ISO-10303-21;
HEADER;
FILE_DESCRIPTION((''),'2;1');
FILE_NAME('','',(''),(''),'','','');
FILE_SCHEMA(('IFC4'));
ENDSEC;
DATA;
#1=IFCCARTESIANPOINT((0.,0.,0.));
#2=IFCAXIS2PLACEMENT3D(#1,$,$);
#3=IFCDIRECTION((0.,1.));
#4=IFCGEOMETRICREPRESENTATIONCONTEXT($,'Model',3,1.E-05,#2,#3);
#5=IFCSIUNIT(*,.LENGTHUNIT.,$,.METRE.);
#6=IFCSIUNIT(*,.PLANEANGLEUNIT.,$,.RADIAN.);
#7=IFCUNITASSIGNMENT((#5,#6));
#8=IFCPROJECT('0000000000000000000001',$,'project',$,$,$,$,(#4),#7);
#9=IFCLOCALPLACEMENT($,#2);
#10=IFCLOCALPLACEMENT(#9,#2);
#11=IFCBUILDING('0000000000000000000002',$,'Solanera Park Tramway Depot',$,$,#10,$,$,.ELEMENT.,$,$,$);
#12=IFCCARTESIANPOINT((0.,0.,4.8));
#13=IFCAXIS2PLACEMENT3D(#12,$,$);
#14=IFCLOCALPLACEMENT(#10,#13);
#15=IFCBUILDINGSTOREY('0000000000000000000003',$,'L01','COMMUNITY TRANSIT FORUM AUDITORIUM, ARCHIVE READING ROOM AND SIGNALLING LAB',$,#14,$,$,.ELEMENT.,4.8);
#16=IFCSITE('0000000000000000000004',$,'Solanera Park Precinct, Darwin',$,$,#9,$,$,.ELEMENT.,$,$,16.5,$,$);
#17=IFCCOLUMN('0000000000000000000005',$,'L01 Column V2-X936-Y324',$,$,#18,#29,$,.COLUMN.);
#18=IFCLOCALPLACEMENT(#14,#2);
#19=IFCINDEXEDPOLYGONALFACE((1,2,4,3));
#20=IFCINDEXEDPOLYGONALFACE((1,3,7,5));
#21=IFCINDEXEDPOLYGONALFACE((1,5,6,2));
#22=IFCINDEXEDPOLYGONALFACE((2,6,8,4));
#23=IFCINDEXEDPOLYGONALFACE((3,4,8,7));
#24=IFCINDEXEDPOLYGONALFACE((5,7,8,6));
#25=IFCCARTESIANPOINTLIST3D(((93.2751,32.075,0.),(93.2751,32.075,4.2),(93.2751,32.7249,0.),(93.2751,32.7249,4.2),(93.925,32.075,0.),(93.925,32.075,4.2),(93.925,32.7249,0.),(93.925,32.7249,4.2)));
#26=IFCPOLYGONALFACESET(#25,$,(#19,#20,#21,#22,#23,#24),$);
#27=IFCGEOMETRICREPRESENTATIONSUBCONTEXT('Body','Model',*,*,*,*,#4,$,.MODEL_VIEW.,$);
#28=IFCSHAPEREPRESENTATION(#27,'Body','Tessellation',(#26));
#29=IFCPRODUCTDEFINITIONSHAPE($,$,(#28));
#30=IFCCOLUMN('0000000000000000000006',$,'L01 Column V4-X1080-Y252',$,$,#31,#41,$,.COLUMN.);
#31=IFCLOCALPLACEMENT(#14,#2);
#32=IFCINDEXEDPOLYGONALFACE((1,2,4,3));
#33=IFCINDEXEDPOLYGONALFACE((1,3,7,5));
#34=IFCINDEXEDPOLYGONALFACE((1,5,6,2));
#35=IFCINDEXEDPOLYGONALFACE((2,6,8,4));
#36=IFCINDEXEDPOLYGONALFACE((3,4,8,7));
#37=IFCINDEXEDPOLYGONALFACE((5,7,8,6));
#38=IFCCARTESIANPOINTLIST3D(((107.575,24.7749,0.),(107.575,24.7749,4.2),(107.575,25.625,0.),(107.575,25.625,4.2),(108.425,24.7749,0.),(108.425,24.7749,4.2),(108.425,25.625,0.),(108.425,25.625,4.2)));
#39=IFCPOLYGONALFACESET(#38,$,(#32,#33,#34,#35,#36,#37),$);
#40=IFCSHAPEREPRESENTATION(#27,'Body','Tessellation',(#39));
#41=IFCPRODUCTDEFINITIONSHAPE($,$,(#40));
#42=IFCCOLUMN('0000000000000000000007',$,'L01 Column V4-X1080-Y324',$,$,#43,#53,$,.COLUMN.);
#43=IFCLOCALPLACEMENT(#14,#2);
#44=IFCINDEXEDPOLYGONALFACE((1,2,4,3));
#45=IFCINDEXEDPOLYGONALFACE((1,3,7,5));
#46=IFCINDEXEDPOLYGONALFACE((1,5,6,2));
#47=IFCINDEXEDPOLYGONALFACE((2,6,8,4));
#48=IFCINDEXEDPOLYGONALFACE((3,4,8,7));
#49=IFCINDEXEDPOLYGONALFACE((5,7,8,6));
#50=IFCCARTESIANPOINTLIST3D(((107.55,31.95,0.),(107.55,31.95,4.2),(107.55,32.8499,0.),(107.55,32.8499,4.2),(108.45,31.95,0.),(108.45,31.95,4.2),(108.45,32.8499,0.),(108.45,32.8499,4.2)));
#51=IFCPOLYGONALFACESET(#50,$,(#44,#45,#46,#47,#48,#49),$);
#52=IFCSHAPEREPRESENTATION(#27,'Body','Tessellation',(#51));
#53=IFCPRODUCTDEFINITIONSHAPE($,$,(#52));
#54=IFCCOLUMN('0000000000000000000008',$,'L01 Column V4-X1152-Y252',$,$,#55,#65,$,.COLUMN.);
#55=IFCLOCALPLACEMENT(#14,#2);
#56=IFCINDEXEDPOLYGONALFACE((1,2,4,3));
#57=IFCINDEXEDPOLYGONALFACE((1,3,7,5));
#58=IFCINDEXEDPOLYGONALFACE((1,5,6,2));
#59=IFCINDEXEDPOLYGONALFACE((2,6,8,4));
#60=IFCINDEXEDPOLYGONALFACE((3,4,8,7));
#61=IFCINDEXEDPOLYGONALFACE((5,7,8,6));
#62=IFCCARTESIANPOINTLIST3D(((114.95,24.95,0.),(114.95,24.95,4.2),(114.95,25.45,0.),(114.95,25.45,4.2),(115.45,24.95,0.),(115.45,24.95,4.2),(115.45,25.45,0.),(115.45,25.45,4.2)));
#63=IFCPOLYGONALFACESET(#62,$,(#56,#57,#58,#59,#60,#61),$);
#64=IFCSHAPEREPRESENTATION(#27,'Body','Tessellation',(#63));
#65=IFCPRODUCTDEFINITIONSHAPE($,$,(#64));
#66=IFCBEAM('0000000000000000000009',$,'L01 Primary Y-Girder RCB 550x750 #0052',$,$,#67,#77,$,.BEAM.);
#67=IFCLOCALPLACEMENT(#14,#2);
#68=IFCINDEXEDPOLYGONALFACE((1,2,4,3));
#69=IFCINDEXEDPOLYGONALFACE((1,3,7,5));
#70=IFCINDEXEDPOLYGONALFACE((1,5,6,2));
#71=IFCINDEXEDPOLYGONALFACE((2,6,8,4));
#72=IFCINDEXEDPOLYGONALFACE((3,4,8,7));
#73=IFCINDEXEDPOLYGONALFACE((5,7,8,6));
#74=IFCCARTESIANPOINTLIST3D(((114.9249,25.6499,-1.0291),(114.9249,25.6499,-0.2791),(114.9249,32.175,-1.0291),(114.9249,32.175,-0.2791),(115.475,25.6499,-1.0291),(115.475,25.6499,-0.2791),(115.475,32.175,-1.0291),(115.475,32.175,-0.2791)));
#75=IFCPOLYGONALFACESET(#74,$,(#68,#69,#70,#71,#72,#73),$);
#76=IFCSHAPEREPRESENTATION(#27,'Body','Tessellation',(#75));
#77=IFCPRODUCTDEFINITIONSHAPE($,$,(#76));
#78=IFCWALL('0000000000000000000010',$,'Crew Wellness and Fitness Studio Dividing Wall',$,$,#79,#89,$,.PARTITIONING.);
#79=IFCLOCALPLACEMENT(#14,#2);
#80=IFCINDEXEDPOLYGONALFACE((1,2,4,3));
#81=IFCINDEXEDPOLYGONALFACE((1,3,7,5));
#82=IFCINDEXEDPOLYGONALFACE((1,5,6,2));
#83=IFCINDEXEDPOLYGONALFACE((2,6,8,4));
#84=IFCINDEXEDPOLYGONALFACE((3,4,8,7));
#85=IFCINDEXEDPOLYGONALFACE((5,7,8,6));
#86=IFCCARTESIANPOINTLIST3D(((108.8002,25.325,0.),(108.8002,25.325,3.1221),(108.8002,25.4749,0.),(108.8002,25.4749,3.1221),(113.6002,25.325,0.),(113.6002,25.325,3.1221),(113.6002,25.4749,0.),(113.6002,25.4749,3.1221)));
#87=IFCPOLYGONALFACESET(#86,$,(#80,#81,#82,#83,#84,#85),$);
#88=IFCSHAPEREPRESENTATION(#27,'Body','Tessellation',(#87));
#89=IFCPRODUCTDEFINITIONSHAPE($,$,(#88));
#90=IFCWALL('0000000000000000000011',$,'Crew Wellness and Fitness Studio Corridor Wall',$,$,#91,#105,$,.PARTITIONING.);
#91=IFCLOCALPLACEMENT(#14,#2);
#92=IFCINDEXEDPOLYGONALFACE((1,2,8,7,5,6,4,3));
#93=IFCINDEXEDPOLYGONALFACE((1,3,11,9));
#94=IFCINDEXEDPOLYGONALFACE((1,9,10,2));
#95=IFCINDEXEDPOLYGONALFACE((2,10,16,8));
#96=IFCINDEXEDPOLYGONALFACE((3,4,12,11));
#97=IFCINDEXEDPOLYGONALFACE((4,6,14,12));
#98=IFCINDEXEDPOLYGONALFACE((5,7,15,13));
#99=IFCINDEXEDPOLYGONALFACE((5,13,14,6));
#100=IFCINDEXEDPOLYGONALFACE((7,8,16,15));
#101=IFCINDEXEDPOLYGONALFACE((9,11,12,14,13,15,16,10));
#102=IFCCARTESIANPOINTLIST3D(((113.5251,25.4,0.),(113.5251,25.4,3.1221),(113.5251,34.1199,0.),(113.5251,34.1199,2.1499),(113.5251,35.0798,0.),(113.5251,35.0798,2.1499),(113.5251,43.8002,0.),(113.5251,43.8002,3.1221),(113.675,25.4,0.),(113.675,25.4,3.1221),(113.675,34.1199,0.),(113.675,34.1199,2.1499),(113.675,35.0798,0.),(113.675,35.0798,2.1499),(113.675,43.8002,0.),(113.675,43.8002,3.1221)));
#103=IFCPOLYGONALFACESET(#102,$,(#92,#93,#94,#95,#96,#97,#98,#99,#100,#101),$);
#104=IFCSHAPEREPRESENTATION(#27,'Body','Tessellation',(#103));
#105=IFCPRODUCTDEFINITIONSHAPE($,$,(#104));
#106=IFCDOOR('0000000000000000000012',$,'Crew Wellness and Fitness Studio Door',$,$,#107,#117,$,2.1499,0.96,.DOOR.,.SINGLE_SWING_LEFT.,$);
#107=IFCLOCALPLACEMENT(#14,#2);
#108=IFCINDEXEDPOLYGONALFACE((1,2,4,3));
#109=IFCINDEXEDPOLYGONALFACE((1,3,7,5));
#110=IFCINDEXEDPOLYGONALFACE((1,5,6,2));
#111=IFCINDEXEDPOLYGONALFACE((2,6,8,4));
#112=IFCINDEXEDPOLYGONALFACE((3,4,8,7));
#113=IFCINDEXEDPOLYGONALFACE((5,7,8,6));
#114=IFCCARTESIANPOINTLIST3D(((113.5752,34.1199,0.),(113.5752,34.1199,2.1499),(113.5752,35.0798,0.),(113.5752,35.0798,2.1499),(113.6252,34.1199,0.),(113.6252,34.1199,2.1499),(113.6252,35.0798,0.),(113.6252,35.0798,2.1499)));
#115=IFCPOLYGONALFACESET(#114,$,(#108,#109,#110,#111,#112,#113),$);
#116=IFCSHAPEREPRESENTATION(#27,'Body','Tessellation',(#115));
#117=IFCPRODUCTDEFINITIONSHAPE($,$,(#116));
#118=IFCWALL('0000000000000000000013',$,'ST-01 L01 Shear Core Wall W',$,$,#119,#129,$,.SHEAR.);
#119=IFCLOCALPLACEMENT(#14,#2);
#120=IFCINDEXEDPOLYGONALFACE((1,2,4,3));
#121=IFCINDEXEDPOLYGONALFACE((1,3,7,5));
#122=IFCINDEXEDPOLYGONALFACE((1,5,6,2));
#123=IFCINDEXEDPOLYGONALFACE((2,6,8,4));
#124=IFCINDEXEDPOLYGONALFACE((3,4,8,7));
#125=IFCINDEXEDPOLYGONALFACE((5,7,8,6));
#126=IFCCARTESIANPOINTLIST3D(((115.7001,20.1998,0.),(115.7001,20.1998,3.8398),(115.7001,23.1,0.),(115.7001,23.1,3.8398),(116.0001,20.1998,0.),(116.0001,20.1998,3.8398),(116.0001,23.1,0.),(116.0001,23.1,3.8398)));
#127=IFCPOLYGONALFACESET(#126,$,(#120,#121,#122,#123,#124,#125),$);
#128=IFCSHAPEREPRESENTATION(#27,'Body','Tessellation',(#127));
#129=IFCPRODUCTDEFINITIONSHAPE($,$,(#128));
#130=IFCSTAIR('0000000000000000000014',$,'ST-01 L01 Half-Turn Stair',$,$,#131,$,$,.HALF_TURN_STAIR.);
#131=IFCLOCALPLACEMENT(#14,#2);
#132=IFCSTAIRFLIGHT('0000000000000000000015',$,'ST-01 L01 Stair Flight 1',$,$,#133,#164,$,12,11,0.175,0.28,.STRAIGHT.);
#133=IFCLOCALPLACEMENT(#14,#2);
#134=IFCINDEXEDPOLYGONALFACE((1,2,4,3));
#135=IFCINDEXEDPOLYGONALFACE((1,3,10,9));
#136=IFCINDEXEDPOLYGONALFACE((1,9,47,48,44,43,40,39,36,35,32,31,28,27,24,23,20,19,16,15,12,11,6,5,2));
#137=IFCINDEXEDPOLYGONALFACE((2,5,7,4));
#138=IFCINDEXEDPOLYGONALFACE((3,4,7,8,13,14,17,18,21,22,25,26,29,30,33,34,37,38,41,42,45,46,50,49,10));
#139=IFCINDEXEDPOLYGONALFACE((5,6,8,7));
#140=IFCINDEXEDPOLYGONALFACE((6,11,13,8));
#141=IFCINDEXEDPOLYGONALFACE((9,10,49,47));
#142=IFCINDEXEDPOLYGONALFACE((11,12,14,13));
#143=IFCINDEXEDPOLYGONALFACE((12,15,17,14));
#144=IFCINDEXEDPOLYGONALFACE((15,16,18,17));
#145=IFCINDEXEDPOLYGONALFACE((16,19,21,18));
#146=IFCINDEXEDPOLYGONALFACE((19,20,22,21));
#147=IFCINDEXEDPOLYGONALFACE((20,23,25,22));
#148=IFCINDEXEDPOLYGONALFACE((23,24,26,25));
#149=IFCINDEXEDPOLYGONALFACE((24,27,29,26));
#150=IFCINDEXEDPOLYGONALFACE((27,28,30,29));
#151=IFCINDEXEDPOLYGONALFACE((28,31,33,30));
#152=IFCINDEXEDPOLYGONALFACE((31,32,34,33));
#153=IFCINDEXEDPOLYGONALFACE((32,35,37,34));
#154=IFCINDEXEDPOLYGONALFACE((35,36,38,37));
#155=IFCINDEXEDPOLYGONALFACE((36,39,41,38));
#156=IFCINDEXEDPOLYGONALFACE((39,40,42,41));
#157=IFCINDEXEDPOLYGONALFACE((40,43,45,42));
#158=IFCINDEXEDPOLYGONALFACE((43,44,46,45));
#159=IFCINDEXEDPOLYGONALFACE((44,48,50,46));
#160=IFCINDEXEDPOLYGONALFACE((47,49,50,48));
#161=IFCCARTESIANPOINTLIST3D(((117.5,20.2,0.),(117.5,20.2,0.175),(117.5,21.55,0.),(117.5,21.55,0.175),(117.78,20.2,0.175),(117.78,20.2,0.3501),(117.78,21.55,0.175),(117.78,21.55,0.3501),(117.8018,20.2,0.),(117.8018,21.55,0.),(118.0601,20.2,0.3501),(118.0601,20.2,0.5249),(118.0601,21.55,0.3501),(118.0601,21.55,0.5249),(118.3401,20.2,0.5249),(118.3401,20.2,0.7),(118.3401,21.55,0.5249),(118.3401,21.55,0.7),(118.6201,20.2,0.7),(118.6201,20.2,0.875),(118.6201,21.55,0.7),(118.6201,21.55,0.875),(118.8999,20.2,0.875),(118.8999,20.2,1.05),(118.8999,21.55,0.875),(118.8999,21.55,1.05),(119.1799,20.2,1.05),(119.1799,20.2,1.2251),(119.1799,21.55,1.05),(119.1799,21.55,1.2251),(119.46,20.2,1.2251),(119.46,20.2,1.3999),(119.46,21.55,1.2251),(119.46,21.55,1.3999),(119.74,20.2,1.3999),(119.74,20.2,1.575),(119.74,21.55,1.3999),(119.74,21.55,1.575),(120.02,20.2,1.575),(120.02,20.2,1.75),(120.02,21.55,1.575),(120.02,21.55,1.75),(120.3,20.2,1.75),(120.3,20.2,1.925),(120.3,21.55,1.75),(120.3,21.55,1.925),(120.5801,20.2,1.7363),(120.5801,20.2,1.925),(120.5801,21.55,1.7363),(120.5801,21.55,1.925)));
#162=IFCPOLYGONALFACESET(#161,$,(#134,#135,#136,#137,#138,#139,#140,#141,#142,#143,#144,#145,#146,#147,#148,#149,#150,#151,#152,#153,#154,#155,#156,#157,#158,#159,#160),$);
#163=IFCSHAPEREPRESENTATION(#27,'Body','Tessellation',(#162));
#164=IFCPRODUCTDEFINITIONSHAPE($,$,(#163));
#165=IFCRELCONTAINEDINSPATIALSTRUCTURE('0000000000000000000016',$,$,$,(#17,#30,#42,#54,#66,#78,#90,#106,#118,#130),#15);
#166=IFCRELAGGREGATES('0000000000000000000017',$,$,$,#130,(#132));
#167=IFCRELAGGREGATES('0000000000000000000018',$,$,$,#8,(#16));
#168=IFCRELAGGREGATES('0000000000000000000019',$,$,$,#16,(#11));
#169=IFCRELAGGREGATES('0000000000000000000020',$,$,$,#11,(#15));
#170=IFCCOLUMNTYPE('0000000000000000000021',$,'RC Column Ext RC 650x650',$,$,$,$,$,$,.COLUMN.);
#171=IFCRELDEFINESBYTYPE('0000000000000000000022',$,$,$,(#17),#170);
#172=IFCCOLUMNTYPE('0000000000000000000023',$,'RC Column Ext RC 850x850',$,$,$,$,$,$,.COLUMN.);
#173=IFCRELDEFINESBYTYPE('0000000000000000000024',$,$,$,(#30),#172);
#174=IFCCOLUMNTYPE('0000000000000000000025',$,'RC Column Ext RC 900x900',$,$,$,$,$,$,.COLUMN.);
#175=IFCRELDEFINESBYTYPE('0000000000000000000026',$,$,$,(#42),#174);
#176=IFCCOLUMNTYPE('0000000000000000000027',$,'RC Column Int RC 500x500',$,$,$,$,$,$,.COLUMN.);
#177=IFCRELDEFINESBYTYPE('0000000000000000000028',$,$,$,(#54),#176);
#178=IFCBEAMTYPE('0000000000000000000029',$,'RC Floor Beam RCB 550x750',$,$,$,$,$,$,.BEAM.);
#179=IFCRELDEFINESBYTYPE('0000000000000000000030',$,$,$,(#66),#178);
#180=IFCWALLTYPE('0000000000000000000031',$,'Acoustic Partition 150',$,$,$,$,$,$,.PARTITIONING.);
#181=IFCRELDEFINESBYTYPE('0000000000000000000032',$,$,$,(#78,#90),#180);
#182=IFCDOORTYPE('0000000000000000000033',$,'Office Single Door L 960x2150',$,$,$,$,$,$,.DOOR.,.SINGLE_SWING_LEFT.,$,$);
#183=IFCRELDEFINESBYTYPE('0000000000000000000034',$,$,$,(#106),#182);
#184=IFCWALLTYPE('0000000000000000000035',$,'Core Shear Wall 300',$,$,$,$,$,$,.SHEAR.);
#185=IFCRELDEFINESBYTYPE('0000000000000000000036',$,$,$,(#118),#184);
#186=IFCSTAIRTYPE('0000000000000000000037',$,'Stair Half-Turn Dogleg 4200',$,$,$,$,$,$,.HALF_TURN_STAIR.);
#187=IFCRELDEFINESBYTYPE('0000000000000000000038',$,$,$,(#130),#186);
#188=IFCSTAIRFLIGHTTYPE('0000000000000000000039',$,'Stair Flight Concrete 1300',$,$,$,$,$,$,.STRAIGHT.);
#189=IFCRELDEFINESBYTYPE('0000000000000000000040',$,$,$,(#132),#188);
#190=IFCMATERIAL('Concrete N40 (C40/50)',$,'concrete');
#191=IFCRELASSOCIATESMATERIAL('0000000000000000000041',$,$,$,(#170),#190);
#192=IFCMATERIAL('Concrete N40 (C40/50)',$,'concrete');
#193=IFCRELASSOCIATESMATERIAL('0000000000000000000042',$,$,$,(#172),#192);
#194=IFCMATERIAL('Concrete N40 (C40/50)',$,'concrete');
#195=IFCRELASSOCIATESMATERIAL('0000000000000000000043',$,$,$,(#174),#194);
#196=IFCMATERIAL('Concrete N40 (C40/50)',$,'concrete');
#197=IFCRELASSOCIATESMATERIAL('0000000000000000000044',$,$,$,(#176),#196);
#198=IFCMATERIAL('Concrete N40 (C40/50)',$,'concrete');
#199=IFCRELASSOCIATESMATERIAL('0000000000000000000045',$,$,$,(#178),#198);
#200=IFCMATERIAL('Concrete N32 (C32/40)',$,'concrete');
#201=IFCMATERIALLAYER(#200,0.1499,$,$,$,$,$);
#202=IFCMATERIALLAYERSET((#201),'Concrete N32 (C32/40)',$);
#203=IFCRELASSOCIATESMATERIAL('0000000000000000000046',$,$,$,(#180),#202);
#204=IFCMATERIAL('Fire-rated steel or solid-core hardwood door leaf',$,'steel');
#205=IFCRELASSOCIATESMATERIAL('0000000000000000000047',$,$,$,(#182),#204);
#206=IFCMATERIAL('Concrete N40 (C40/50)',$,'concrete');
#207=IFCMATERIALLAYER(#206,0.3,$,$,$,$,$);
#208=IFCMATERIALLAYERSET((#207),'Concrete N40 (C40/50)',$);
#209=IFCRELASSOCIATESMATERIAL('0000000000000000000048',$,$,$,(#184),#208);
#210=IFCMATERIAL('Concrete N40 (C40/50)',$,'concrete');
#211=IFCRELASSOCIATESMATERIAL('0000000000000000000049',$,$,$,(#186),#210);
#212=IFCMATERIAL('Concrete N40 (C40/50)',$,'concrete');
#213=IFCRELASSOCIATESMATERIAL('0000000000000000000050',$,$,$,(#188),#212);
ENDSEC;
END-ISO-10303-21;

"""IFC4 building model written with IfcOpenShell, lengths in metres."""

from ifc_helpers import new_model, si_unit, direction, frame, frame_2d, origin, origin_2d, place, context, subcontext, project, spatial, polyline, rectangle, outline, extrude, material, layer, layer_set, material_profile, profile_set, type_object, element, fill, aggregate, save


model = new_model("IFC4")

# Units and contexts
model_context = context("Model", 3, precision=1e-05, world=origin(), true_north=direction((0.0, 1.0)))
body_context = subcontext(model_context, "Body", "Model", "MODEL_VIEW")
ifc_project = project(units=[si_unit("LENGTHUNIT", "METRE"), si_unit("PLANEANGLEUNIT", "RADIAN")], contexts=[model_context])

# Site, building, storey
site_placement = place(None, origin())
site = spatial("IfcSite", under=ifc_project, at=site_placement, Name="Solanera Park Precinct, Darwin", CompositionType="ELEMENT", RefElevation=16.5)
building_placement = place(site_placement, origin())
building = spatial("IfcBuilding", under=site, at=building_placement, Name="Solanera Park Tramway Depot", CompositionType="ELEMENT")
storey_placement = place(building_placement, frame((0.0, 0.0, 4.8)))
storey = spatial("IfcBuildingStorey", under=building, at=storey_placement, Name="L01", Description="COMMUNITY TRANSIT FORUM AUDITORIUM, ARCHIVE READING ROOM AND SIGNALLING LAB", CompositionType="ELEMENT", Elevation=4.8)

# Columns
ifc_material_1 = material(Name="Concrete N40 (C40/50)", Category="concrete")
ifc_material_profile_1 = material_profile(ifc_material_1, rectangle(XDim=0.6499, YDim=0.6499, at=origin_2d()), Name="RC 650x650")
ifc_profile_set_1 = profile_set([ifc_material_profile_1], Name="Concrete N40 (C40/50)")
column_type_1 = type_object("IfcColumnType", Name="RC Column Ext RC 650x650", PredefinedType="COLUMN", material=ifc_profile_set_1)
column_1_placement = place(storey_placement, frame((93.6001, 32.3999, 0.0), z_axis=(0.0, 0.0, 1.0), x_axis=(1.0, 0.0, 0.0)))
element("IfcColumn", 1, at=column_1_placement, inside=storey, type_object=column_type_1, Name="L01 Column V2-X936-Y324", PredefinedType="COLUMN", context=body_context, shape_type="SweptSolid", body=[
    extrude(rectangle(XDim=0.6499, YDim=0.6499, at=origin_2d()), origin(), (0.0, 0.0, 1.0), 4.2),
])
ifc_material_2 = material(Name="Concrete N40 (C40/50)", Category="concrete")
ifc_material_profile_2 = material_profile(ifc_material_2, rectangle(XDim=0.8501, YDim=0.8501, at=origin_2d()), Name="RC 850x850")
ifc_profile_set_2 = profile_set([ifc_material_profile_2], Name="Concrete N40 (C40/50)")
column_type_2 = type_object("IfcColumnType", Name="RC Column Ext RC 850x850", PredefinedType="COLUMN", material=ifc_profile_set_2)
column_2_placement = place(storey_placement, frame((108.0, 25.2, 0.0), z_axis=(0.0, 0.0, 1.0), x_axis=(1.0, 0.0, 0.0)))
element("IfcColumn", 2, at=column_2_placement, inside=storey, type_object=column_type_2, Name="L01 Column V4-X1080-Y252", PredefinedType="COLUMN", context=body_context, shape_type="SweptSolid", body=[
    extrude(rectangle(XDim=0.8501, YDim=0.8501, at=origin_2d()), origin(), (0.0, 0.0, 1.0), 4.2),
])
ifc_material_3 = material(Name="Concrete N40 (C40/50)", Category="concrete")
ifc_material_profile_3 = material_profile(ifc_material_3, rectangle(XDim=0.8999, YDim=0.8999, at=origin_2d()), Name="RC 900x900")
ifc_profile_set_3 = profile_set([ifc_material_profile_3], Name="Concrete N40 (C40/50)")
column_type_3 = type_object("IfcColumnType", Name="RC Column Ext RC 900x900", PredefinedType="COLUMN", material=ifc_profile_set_3)
column_3_placement = place(storey_placement, frame((108.0, 32.3999, 0.0), z_axis=(0.0, 0.0, 1.0), x_axis=(1.0, 0.0, 0.0)))
element("IfcColumn", 3, at=column_3_placement, inside=storey, type_object=column_type_3, Name="L01 Column V4-X1080-Y324", PredefinedType="COLUMN", context=body_context, shape_type="SweptSolid", body=[
    extrude(rectangle(XDim=0.8999, YDim=0.8999, at=origin_2d()), origin(), (0.0, 0.0, 1.0), 4.2),
])
ifc_material_4 = material(Name="Concrete N40 (C40/50)", Category="concrete")
ifc_material_profile_4 = material_profile(ifc_material_4, rectangle(XDim=0.5, YDim=0.5, at=origin_2d()), Name="RC 500x500")
ifc_profile_set_4 = profile_set([ifc_material_profile_4], Name="Concrete N40 (C40/50)")
column_type_4 = type_object("IfcColumnType", Name="RC Column Int RC 500x500", PredefinedType="COLUMN", material=ifc_profile_set_4)
column_4_placement = place(storey_placement, frame((115.2, 25.2, 0.0), z_axis=(0.0, 0.0, 1.0), x_axis=(1.0, 0.0, 0.0)))
element("IfcColumn", 4, at=column_4_placement, inside=storey, type_object=column_type_4, Name="L01 Column V4-X1152-Y252", PredefinedType="COLUMN", context=body_context, shape_type="SweptSolid", body=[
    extrude(rectangle(XDim=0.5, YDim=0.5, at=origin_2d()), origin(), (0.0, 0.0, 1.0), 4.2),
])

# Beam
ifc_material_5 = material(Name="Concrete N40 (C40/50)", Category="concrete")
ifc_material_profile_5 = material_profile(ifc_material_5, rectangle(XDim=0.55, YDim=0.75, at=origin_2d()), Name="RCB 550x750")
ifc_profile_set_5 = profile_set([ifc_material_profile_5], Name="Concrete N40 (C40/50)")
beam_type = type_object("IfcBeamType", Name="RC Floor Beam RCB 550x750", PredefinedType="BEAM", material=ifc_profile_set_5)
beam_placement = place(storey_placement, frame((115.2, 25.6499, -0.6541), z_axis=(0.0, 1.0, 0.0), x_axis=(-1.0, 0.0, 0.0)))
element("IfcBeam", 5, at=beam_placement, inside=storey, type_object=beam_type, Name="L01 Primary Y-Girder RCB 550x750 #0052", PredefinedType="BEAM", context=body_context, shape_type="SweptSolid", body=[
    extrude(rectangle(XDim=0.55, YDim=0.75, at=origin_2d()), origin(), (0.0, 0.0, 1.0), 6.5251),
])

# Wall
ifc_material_6 = material(Name="Concrete N32 (C32/40)", Category="concrete")
ifc_layer_1 = layer(ifc_material_6, 0.1499)
ifc_layer_set_1 = layer_set([ifc_layer_1], Name="Concrete N32 (C32/40)")
wall_type_1 = type_object("IfcWallType", Name="Acoustic Partition 150", PredefinedType="PARTITIONING", material=ifc_layer_set_1)
wall_1_placement = place(storey_placement, frame((113.6001, 25.3999, 0.0), z_axis=(0.0, 0.0, 1.0), x_axis=(-1.0, 0.0, 0.0)))
element("IfcWall", 6, at=wall_1_placement, inside=storey, type_object=wall_type_1, Name="Crew Wellness and Fitness Studio Dividing Wall", PredefinedType="PARTITIONING", context=body_context, shape_type="SweptSolid", body=[
    extrude(rectangle(XDim=4.8, YDim=0.1499, at=frame_2d((2.3999, 0.0))), origin(), (0.0, 0.0, 1.0), 3.1221),
])

# Wall, opening, door
wall_2_placement = place(storey_placement, frame((113.6001, 25.3999, 0.0), z_axis=(0.0, 0.0, 1.0), x_axis=(0.0, 1.0, 0.0)))
wall_2 = element("IfcWall", 7, at=wall_2_placement, inside=storey, type_object=wall_type_1, Name="Crew Wellness and Fitness Studio Corridor Wall", PredefinedType="PARTITIONING", context=body_context, shape_type="SweptSolid", body=[
    extrude(rectangle(XDim=18.4001, YDim=0.1499, at=frame_2d((9.2002, 0.0))), origin(), (0.0, 0.0, 1.0), 3.1221),
])
opening_1_placement = place(wall_2_placement, frame((8.72, 0.0, 0.0)))
opening_1 = element("IfcOpeningElement", 8, at=opening_1_placement, cuts=wall_2, PredefinedType="OPENING", context=body_context, shape_type="SweptSolid", body=[
    extrude(rectangle(XDim=0.96, YDim=2.1499, at=frame_2d((0.48, 1.075))), frame((0.0, 0.085, 0.0), z_axis=(0.0, -1.0, 0.0), x_axis=(1.0, 0.0, 0.0)), (0.0, 0.0, 1.0), 0.1699),
])
ifc_material_7 = material(Name="Fire-rated steel or solid-core hardwood door leaf", Category="steel")
door_type_1 = type_object("IfcDoorType", Name="Office Single Door L 960x2150", OperationType="SINGLE_SWING_LEFT", PredefinedType="DOOR", material=ifc_material_7)
door_1_placement = place(opening_1_placement, origin())
door_1 = element("IfcDoor", 9, at=door_1_placement, inside=storey, type_object=door_type_1, Name="Crew Wellness and Fitness Studio Door", OperationType="SINGLE_SWING_LEFT", OverallHeight=2.1499, OverallWidth=0.96, PredefinedType="DOOR", context=body_context, shape_type="SweptSolid", body=[
    extrude(rectangle(XDim=0.96, YDim=2.1499, at=frame_2d((0.48, 1.075))), frame((0.0, 0.0249, 0.0), z_axis=(0.0, -1.0, 0.0), x_axis=(1.0, 0.0, 0.0)), (0.0, 0.0, 1.0), 0.05),
])
fill(opening_1, door_1)
ifc_material_8 = material(Name="Concrete N40 (C40/50)", Category="concrete")
ifc_layer_2 = layer(ifc_material_8, 0.3)
ifc_layer_set_2 = layer_set([ifc_layer_2], Name="Concrete N40 (C40/50)")
wall_type_2 = type_object("IfcWallType", Name="Core Shear Wall 300", PredefinedType="SHEAR", material=ifc_layer_set_2)

# Wall
wall_3_placement = place(storey_placement, frame((115.8501, 23.1001, 0.0), z_axis=(0.0, 0.0, 1.0), x_axis=(0.0, -1.0, 0.0)))
element("IfcWall", 10, at=wall_3_placement, inside=storey, type_object=wall_type_2, Name="ST-01 L01 Shear Core Wall W", PredefinedType="SHEAR", context=body_context, shape_type="SweptSolid", body=[
    extrude(rectangle(XDim=2.9001, YDim=0.3, at=frame_2d((1.4502, 0.0))), origin(), (0.0, 0.0, 1.0), 3.8398),
])

# Stair, stair flight
ifc_material_9 = material(Name="Concrete N40 (C40/50)", Category="concrete")
stair_type = type_object("IfcStairType", Name="Stair Half-Turn Dogleg 4200", PredefinedType="HALF_TURN_STAIR", material=ifc_material_9)
stair_placement = place(storey_placement, origin())
stair = element("IfcStair", 11, at=stair_placement, inside=storey, type_object=stair_type, Name="ST-01 L01 Half-Turn Stair", PredefinedType="HALF_TURN_STAIR")
ifc_material_10 = material(Name="Concrete N40 (C40/50)", Category="concrete")
stair_flight_type = type_object("IfcStairFlightType", Name="Stair Flight Concrete 1300", PredefinedType="STRAIGHT", material=ifc_material_10)
stair_flight_placement = place(storey_placement, frame((117.5, 20.875, 0.0), z_axis=(0.0, 0.0, 1.0), x_axis=(1.0, 0.0, 0.0)))
stair_flight = element("IfcStairFlight", 12, at=stair_flight_placement, type_object=stair_flight_type, Name="ST-01 L01 Stair Flight 1", NumberOfRisers=12, NumberOfTreads=11, PredefinedType="STRAIGHT", RiserHeight=0.175, TreadLength=0.28, context=body_context, shape_type="SweptSolid", body=[
    extrude(outline(polyline([(0.0, 0.0), (0.0, 0.175), (0.28, 0.175), (0.28, 0.3501), (0.5601, 0.3501), (0.5601, 0.5249), (0.8401, 0.5249), (0.8401, 0.7), (1.1201, 0.7), (1.1201, 0.875), (1.3999, 0.875), (1.3999, 1.05), (1.6799, 1.05), (1.6799, 1.2251), (1.96, 1.2251), (1.96, 1.3999), (2.24, 1.3999), (2.24, 1.575), (2.52, 1.575), (2.52, 1.75), (2.8, 1.75), (2.8, 1.925), (3.0801, 1.925), (3.0801, 2.1001), (3.0801, 1.7363), (0.3018, 0.0), (0.0, 0.0)])), frame((0.0, 0.675, 0.0), z_axis=(0.0, -1.0, 0.0), x_axis=(1.0, 0.0, 0.0)), (0.0, 0.0, 1.0), 1.3501),
])
aggregate(stair, [stair_flight])

save(model, "model.ifc")
